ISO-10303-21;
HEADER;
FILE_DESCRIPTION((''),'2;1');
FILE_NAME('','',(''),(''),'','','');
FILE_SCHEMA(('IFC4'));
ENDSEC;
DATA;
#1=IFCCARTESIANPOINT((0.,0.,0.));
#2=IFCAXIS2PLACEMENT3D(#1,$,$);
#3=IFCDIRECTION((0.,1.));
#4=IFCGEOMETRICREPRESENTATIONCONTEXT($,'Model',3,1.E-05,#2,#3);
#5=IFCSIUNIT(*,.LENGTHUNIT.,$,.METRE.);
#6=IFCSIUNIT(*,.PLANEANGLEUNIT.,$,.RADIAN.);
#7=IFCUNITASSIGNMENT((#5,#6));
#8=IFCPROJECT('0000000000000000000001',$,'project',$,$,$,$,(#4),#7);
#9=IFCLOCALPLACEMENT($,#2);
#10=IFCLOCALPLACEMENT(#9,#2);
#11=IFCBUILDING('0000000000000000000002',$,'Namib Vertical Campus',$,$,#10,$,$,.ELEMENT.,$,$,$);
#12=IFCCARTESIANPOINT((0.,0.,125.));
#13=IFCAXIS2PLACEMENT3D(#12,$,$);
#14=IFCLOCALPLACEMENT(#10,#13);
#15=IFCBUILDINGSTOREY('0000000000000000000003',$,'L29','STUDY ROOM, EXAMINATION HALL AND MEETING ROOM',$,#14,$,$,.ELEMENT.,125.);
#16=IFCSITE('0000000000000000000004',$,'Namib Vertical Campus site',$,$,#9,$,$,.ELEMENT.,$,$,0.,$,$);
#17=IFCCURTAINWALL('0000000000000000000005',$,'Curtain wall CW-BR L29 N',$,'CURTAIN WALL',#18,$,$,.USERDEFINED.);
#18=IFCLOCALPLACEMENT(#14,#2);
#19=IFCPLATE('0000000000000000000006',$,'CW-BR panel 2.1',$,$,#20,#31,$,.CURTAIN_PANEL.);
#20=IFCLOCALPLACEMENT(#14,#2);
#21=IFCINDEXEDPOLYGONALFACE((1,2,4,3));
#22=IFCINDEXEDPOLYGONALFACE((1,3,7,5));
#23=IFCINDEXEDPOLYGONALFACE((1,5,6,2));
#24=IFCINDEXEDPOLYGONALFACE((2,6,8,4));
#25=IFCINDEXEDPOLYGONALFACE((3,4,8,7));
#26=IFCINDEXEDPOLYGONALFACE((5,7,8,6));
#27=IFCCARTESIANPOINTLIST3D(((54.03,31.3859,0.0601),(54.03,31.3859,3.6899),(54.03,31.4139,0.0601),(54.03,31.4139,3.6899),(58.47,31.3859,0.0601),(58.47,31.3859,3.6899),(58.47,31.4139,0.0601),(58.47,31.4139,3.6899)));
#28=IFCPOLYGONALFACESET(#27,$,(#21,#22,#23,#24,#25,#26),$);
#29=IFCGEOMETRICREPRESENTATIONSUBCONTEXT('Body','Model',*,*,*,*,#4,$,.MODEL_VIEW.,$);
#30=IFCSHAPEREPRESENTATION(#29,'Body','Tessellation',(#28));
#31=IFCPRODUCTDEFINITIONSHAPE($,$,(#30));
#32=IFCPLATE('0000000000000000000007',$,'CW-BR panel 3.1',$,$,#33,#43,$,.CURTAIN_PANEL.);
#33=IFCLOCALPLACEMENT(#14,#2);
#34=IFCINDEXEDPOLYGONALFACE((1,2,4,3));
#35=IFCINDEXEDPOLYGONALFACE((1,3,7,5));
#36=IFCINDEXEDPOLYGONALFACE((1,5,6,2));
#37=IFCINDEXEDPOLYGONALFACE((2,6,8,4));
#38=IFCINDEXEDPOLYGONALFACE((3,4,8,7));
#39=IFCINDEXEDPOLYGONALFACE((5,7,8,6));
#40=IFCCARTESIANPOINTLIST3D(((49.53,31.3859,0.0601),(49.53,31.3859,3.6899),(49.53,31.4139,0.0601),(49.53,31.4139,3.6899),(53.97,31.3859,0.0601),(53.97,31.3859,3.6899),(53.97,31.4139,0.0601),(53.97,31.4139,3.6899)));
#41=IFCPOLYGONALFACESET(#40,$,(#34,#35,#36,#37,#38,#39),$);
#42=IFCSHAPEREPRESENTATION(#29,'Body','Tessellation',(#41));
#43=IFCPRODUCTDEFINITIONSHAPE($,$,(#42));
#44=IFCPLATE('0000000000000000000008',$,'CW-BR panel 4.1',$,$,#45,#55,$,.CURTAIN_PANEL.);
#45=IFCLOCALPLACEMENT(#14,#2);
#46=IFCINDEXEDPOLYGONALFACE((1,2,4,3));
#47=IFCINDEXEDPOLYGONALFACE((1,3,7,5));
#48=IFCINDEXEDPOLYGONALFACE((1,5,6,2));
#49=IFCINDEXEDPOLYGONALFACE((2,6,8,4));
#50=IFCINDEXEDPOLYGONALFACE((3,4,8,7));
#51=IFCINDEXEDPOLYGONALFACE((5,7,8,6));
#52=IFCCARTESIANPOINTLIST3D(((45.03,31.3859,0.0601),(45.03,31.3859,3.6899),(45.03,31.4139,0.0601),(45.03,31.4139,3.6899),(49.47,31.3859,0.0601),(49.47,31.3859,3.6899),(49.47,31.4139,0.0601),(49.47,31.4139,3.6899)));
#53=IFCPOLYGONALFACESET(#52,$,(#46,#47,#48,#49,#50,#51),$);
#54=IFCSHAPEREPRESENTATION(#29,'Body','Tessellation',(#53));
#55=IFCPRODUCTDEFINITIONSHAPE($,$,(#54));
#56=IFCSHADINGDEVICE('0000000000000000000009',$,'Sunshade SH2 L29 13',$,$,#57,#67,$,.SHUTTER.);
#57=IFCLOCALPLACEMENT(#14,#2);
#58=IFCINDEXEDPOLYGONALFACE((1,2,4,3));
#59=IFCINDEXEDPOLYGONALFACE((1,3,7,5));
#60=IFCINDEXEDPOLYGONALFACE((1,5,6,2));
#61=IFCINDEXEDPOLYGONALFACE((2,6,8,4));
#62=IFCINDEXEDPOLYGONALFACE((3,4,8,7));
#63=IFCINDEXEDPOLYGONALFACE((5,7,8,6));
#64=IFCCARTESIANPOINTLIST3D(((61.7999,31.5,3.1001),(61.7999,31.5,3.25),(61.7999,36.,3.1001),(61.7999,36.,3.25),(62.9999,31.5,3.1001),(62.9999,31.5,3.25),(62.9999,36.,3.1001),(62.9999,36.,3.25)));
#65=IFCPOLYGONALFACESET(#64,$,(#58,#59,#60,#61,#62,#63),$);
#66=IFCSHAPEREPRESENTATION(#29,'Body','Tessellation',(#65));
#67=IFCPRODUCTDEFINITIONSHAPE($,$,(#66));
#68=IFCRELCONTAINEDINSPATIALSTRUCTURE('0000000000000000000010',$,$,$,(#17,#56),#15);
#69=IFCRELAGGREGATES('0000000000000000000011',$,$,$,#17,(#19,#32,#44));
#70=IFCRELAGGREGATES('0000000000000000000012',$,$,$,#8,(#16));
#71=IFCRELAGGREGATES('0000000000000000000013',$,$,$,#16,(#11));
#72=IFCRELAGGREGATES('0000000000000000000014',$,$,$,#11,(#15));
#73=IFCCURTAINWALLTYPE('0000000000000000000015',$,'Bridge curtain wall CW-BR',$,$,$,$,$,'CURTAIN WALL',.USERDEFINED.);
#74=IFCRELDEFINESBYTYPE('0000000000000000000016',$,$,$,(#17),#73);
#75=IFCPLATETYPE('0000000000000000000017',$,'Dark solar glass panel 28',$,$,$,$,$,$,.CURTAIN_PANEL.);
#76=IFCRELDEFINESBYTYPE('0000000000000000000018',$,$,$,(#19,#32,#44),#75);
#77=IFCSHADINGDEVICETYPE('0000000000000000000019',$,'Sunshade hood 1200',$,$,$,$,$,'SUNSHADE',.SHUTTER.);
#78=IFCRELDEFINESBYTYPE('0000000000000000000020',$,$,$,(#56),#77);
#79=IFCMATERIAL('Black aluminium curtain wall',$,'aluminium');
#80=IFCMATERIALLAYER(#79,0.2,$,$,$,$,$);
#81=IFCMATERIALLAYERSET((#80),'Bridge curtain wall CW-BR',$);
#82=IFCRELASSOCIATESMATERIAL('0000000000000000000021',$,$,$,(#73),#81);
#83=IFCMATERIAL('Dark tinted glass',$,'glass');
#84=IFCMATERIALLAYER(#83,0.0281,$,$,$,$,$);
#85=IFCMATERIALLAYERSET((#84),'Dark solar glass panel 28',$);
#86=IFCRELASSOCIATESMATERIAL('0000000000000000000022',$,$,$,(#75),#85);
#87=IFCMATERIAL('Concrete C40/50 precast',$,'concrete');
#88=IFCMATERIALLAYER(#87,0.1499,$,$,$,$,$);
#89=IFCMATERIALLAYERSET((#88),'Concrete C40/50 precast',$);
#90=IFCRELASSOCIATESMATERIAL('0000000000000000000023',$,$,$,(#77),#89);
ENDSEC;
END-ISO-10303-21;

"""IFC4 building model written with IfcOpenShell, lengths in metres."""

from ifc_helpers import new_model, si_unit, direction, frame, origin, origin_2d, place, context, subcontext, project, spatial, rectangle, extrude, material, layer, layer_set, type_object, element, aggregate, save


model = new_model("IFC4")

# Units and contexts
model_context = context("Model", 3, precision=1e-05, world=origin(), true_north=direction((0.0, 1.0)))
body_context = subcontext(model_context, "Body", "Model", "MODEL_VIEW")
ifc_project = project(units=[si_unit("LENGTHUNIT", "METRE"), si_unit("PLANEANGLEUNIT", "RADIAN")], contexts=[model_context])

# Site, building, storey
site_placement = place(None, origin())
site = spatial("IfcSite", under=ifc_project, at=site_placement, Name="Namib Vertical Campus site", CompositionType="ELEMENT", RefElevation=0.0)
building_placement = place(site_placement, origin())
building = spatial("IfcBuilding", under=site, at=building_placement, Name="Namib Vertical Campus", CompositionType="ELEMENT")
storey_placement = place(building_placement, frame((0.0, 0.0, 125.0)))
storey = spatial("IfcBuildingStorey", under=building, at=storey_placement, Name="L29", Description="STUDY ROOM, EXAMINATION HALL AND MEETING ROOM", CompositionType="ELEMENT", Elevation=125.0)

# Curtain wall, plates
ifc_material_1 = material(Name="Black aluminium curtain wall", Category="aluminium")
ifc_layer_1 = layer(ifc_material_1, 0.2)
ifc_layer_set_1 = layer_set([ifc_layer_1], Name="Bridge curtain wall CW-BR")
curtain_wall_type = type_object("IfcCurtainWallType", Name="Bridge curtain wall CW-BR", ElementType="CURTAIN WALL", PredefinedType="USERDEFINED", material=ifc_layer_set_1)
curtain_wall_placement = place(storey_placement, origin())
curtain_wall = element("IfcCurtainWall", 1, at=curtain_wall_placement, inside=storey, type_object=curtain_wall_type, Name="Curtain wall CW-BR L29 N", ObjectType="CURTAIN WALL", PredefinedType="USERDEFINED")
ifc_material_2 = material(Name="Dark tinted glass", Category="glass")
ifc_layer_2 = layer(ifc_material_2, 0.0281)
ifc_layer_set_2 = layer_set([ifc_layer_2], Name="Dark solar glass panel 28")
plate_type = type_object("IfcPlateType", Name="Dark solar glass panel 28", PredefinedType="CURTAIN_PANEL", material=ifc_layer_set_2)
plate_1_placement = place(storey_placement, frame((56.25, 31.3999, 0.0601), z_axis=(0.0, 0.0, 1.0), x_axis=(-1.0, 0.0, 0.0)))
plate_1 = element("IfcPlate", 2, at=plate_1_placement, type_object=plate_type, Name="CW-BR panel 2.1", PredefinedType="CURTAIN_PANEL", context=body_context, shape_type="SweptSolid", body=[
    extrude(rectangle(XDim=4.4399, YDim=0.0281, at=origin_2d()), origin(), (0.0, 0.0, 1.0), 3.6299),
])
plate_2_placement = place(storey_placement, frame((51.75, 31.3999, 0.0601), z_axis=(0.0, 0.0, 1.0), x_axis=(-1.0, 0.0, 0.0)))
plate_2 = element("IfcPlate", 3, at=plate_2_placement, type_object=plate_type, Name="CW-BR panel 3.1", PredefinedType="CURTAIN_PANEL", context=body_context, shape_type="SweptSolid", body=[
    extrude(rectangle(XDim=4.4399, YDim=0.0281, at=origin_2d()), origin(), (0.0, 0.0, 1.0), 3.6299),
])
plate_3_placement = place(storey_placement, frame((47.25, 31.3999, 0.0601), z_axis=(0.0, 0.0, 1.0), x_axis=(-1.0, 0.0, 0.0)))
plate_3 = element("IfcPlate", 4, at=plate_3_placement, type_object=plate_type, Name="CW-BR panel 4.1", PredefinedType="CURTAIN_PANEL", context=body_context, shape_type="SweptSolid", body=[
    extrude(rectangle(XDim=4.4399, YDim=0.0281, at=origin_2d()), origin(), (0.0, 0.0, 1.0), 3.6299),
])
aggregate(curtain_wall, [plate_1, plate_2, plate_3])

# Shading device
ifc_material_3 = material(Name="Concrete C40/50 precast", Category="concrete")
ifc_layer_3 = layer(ifc_material_3, 0.1499)
ifc_layer_set_3 = layer_set([ifc_layer_3], Name="Concrete C40/50 precast")
shading_device_type = type_object("IfcShadingDeviceType", Name="Sunshade hood 1200", ElementType="SUNSHADE", PredefinedType="SHUTTER", material=ifc_layer_set_3)
shading_device_placement = place(storey_placement, frame((62.3999, 33.75, 3.1001), z_axis=(0.0, 0.0, 1.0), x_axis=(0.0, -1.0, 0.0)))
element("IfcShadingDevice", 5, at=shading_device_placement, inside=storey, type_object=shading_device_type, Name="Sunshade SH2 L29 13", PredefinedType="SHUTTER", context=body_context, shape_type="SweptSolid", body=[
    extrude(rectangle(XDim=4.5, YDim=1.2, at=origin_2d()), origin(), (0.0, 0.0, 1.0), 0.1499),
])

save(model, "model.ifc")
